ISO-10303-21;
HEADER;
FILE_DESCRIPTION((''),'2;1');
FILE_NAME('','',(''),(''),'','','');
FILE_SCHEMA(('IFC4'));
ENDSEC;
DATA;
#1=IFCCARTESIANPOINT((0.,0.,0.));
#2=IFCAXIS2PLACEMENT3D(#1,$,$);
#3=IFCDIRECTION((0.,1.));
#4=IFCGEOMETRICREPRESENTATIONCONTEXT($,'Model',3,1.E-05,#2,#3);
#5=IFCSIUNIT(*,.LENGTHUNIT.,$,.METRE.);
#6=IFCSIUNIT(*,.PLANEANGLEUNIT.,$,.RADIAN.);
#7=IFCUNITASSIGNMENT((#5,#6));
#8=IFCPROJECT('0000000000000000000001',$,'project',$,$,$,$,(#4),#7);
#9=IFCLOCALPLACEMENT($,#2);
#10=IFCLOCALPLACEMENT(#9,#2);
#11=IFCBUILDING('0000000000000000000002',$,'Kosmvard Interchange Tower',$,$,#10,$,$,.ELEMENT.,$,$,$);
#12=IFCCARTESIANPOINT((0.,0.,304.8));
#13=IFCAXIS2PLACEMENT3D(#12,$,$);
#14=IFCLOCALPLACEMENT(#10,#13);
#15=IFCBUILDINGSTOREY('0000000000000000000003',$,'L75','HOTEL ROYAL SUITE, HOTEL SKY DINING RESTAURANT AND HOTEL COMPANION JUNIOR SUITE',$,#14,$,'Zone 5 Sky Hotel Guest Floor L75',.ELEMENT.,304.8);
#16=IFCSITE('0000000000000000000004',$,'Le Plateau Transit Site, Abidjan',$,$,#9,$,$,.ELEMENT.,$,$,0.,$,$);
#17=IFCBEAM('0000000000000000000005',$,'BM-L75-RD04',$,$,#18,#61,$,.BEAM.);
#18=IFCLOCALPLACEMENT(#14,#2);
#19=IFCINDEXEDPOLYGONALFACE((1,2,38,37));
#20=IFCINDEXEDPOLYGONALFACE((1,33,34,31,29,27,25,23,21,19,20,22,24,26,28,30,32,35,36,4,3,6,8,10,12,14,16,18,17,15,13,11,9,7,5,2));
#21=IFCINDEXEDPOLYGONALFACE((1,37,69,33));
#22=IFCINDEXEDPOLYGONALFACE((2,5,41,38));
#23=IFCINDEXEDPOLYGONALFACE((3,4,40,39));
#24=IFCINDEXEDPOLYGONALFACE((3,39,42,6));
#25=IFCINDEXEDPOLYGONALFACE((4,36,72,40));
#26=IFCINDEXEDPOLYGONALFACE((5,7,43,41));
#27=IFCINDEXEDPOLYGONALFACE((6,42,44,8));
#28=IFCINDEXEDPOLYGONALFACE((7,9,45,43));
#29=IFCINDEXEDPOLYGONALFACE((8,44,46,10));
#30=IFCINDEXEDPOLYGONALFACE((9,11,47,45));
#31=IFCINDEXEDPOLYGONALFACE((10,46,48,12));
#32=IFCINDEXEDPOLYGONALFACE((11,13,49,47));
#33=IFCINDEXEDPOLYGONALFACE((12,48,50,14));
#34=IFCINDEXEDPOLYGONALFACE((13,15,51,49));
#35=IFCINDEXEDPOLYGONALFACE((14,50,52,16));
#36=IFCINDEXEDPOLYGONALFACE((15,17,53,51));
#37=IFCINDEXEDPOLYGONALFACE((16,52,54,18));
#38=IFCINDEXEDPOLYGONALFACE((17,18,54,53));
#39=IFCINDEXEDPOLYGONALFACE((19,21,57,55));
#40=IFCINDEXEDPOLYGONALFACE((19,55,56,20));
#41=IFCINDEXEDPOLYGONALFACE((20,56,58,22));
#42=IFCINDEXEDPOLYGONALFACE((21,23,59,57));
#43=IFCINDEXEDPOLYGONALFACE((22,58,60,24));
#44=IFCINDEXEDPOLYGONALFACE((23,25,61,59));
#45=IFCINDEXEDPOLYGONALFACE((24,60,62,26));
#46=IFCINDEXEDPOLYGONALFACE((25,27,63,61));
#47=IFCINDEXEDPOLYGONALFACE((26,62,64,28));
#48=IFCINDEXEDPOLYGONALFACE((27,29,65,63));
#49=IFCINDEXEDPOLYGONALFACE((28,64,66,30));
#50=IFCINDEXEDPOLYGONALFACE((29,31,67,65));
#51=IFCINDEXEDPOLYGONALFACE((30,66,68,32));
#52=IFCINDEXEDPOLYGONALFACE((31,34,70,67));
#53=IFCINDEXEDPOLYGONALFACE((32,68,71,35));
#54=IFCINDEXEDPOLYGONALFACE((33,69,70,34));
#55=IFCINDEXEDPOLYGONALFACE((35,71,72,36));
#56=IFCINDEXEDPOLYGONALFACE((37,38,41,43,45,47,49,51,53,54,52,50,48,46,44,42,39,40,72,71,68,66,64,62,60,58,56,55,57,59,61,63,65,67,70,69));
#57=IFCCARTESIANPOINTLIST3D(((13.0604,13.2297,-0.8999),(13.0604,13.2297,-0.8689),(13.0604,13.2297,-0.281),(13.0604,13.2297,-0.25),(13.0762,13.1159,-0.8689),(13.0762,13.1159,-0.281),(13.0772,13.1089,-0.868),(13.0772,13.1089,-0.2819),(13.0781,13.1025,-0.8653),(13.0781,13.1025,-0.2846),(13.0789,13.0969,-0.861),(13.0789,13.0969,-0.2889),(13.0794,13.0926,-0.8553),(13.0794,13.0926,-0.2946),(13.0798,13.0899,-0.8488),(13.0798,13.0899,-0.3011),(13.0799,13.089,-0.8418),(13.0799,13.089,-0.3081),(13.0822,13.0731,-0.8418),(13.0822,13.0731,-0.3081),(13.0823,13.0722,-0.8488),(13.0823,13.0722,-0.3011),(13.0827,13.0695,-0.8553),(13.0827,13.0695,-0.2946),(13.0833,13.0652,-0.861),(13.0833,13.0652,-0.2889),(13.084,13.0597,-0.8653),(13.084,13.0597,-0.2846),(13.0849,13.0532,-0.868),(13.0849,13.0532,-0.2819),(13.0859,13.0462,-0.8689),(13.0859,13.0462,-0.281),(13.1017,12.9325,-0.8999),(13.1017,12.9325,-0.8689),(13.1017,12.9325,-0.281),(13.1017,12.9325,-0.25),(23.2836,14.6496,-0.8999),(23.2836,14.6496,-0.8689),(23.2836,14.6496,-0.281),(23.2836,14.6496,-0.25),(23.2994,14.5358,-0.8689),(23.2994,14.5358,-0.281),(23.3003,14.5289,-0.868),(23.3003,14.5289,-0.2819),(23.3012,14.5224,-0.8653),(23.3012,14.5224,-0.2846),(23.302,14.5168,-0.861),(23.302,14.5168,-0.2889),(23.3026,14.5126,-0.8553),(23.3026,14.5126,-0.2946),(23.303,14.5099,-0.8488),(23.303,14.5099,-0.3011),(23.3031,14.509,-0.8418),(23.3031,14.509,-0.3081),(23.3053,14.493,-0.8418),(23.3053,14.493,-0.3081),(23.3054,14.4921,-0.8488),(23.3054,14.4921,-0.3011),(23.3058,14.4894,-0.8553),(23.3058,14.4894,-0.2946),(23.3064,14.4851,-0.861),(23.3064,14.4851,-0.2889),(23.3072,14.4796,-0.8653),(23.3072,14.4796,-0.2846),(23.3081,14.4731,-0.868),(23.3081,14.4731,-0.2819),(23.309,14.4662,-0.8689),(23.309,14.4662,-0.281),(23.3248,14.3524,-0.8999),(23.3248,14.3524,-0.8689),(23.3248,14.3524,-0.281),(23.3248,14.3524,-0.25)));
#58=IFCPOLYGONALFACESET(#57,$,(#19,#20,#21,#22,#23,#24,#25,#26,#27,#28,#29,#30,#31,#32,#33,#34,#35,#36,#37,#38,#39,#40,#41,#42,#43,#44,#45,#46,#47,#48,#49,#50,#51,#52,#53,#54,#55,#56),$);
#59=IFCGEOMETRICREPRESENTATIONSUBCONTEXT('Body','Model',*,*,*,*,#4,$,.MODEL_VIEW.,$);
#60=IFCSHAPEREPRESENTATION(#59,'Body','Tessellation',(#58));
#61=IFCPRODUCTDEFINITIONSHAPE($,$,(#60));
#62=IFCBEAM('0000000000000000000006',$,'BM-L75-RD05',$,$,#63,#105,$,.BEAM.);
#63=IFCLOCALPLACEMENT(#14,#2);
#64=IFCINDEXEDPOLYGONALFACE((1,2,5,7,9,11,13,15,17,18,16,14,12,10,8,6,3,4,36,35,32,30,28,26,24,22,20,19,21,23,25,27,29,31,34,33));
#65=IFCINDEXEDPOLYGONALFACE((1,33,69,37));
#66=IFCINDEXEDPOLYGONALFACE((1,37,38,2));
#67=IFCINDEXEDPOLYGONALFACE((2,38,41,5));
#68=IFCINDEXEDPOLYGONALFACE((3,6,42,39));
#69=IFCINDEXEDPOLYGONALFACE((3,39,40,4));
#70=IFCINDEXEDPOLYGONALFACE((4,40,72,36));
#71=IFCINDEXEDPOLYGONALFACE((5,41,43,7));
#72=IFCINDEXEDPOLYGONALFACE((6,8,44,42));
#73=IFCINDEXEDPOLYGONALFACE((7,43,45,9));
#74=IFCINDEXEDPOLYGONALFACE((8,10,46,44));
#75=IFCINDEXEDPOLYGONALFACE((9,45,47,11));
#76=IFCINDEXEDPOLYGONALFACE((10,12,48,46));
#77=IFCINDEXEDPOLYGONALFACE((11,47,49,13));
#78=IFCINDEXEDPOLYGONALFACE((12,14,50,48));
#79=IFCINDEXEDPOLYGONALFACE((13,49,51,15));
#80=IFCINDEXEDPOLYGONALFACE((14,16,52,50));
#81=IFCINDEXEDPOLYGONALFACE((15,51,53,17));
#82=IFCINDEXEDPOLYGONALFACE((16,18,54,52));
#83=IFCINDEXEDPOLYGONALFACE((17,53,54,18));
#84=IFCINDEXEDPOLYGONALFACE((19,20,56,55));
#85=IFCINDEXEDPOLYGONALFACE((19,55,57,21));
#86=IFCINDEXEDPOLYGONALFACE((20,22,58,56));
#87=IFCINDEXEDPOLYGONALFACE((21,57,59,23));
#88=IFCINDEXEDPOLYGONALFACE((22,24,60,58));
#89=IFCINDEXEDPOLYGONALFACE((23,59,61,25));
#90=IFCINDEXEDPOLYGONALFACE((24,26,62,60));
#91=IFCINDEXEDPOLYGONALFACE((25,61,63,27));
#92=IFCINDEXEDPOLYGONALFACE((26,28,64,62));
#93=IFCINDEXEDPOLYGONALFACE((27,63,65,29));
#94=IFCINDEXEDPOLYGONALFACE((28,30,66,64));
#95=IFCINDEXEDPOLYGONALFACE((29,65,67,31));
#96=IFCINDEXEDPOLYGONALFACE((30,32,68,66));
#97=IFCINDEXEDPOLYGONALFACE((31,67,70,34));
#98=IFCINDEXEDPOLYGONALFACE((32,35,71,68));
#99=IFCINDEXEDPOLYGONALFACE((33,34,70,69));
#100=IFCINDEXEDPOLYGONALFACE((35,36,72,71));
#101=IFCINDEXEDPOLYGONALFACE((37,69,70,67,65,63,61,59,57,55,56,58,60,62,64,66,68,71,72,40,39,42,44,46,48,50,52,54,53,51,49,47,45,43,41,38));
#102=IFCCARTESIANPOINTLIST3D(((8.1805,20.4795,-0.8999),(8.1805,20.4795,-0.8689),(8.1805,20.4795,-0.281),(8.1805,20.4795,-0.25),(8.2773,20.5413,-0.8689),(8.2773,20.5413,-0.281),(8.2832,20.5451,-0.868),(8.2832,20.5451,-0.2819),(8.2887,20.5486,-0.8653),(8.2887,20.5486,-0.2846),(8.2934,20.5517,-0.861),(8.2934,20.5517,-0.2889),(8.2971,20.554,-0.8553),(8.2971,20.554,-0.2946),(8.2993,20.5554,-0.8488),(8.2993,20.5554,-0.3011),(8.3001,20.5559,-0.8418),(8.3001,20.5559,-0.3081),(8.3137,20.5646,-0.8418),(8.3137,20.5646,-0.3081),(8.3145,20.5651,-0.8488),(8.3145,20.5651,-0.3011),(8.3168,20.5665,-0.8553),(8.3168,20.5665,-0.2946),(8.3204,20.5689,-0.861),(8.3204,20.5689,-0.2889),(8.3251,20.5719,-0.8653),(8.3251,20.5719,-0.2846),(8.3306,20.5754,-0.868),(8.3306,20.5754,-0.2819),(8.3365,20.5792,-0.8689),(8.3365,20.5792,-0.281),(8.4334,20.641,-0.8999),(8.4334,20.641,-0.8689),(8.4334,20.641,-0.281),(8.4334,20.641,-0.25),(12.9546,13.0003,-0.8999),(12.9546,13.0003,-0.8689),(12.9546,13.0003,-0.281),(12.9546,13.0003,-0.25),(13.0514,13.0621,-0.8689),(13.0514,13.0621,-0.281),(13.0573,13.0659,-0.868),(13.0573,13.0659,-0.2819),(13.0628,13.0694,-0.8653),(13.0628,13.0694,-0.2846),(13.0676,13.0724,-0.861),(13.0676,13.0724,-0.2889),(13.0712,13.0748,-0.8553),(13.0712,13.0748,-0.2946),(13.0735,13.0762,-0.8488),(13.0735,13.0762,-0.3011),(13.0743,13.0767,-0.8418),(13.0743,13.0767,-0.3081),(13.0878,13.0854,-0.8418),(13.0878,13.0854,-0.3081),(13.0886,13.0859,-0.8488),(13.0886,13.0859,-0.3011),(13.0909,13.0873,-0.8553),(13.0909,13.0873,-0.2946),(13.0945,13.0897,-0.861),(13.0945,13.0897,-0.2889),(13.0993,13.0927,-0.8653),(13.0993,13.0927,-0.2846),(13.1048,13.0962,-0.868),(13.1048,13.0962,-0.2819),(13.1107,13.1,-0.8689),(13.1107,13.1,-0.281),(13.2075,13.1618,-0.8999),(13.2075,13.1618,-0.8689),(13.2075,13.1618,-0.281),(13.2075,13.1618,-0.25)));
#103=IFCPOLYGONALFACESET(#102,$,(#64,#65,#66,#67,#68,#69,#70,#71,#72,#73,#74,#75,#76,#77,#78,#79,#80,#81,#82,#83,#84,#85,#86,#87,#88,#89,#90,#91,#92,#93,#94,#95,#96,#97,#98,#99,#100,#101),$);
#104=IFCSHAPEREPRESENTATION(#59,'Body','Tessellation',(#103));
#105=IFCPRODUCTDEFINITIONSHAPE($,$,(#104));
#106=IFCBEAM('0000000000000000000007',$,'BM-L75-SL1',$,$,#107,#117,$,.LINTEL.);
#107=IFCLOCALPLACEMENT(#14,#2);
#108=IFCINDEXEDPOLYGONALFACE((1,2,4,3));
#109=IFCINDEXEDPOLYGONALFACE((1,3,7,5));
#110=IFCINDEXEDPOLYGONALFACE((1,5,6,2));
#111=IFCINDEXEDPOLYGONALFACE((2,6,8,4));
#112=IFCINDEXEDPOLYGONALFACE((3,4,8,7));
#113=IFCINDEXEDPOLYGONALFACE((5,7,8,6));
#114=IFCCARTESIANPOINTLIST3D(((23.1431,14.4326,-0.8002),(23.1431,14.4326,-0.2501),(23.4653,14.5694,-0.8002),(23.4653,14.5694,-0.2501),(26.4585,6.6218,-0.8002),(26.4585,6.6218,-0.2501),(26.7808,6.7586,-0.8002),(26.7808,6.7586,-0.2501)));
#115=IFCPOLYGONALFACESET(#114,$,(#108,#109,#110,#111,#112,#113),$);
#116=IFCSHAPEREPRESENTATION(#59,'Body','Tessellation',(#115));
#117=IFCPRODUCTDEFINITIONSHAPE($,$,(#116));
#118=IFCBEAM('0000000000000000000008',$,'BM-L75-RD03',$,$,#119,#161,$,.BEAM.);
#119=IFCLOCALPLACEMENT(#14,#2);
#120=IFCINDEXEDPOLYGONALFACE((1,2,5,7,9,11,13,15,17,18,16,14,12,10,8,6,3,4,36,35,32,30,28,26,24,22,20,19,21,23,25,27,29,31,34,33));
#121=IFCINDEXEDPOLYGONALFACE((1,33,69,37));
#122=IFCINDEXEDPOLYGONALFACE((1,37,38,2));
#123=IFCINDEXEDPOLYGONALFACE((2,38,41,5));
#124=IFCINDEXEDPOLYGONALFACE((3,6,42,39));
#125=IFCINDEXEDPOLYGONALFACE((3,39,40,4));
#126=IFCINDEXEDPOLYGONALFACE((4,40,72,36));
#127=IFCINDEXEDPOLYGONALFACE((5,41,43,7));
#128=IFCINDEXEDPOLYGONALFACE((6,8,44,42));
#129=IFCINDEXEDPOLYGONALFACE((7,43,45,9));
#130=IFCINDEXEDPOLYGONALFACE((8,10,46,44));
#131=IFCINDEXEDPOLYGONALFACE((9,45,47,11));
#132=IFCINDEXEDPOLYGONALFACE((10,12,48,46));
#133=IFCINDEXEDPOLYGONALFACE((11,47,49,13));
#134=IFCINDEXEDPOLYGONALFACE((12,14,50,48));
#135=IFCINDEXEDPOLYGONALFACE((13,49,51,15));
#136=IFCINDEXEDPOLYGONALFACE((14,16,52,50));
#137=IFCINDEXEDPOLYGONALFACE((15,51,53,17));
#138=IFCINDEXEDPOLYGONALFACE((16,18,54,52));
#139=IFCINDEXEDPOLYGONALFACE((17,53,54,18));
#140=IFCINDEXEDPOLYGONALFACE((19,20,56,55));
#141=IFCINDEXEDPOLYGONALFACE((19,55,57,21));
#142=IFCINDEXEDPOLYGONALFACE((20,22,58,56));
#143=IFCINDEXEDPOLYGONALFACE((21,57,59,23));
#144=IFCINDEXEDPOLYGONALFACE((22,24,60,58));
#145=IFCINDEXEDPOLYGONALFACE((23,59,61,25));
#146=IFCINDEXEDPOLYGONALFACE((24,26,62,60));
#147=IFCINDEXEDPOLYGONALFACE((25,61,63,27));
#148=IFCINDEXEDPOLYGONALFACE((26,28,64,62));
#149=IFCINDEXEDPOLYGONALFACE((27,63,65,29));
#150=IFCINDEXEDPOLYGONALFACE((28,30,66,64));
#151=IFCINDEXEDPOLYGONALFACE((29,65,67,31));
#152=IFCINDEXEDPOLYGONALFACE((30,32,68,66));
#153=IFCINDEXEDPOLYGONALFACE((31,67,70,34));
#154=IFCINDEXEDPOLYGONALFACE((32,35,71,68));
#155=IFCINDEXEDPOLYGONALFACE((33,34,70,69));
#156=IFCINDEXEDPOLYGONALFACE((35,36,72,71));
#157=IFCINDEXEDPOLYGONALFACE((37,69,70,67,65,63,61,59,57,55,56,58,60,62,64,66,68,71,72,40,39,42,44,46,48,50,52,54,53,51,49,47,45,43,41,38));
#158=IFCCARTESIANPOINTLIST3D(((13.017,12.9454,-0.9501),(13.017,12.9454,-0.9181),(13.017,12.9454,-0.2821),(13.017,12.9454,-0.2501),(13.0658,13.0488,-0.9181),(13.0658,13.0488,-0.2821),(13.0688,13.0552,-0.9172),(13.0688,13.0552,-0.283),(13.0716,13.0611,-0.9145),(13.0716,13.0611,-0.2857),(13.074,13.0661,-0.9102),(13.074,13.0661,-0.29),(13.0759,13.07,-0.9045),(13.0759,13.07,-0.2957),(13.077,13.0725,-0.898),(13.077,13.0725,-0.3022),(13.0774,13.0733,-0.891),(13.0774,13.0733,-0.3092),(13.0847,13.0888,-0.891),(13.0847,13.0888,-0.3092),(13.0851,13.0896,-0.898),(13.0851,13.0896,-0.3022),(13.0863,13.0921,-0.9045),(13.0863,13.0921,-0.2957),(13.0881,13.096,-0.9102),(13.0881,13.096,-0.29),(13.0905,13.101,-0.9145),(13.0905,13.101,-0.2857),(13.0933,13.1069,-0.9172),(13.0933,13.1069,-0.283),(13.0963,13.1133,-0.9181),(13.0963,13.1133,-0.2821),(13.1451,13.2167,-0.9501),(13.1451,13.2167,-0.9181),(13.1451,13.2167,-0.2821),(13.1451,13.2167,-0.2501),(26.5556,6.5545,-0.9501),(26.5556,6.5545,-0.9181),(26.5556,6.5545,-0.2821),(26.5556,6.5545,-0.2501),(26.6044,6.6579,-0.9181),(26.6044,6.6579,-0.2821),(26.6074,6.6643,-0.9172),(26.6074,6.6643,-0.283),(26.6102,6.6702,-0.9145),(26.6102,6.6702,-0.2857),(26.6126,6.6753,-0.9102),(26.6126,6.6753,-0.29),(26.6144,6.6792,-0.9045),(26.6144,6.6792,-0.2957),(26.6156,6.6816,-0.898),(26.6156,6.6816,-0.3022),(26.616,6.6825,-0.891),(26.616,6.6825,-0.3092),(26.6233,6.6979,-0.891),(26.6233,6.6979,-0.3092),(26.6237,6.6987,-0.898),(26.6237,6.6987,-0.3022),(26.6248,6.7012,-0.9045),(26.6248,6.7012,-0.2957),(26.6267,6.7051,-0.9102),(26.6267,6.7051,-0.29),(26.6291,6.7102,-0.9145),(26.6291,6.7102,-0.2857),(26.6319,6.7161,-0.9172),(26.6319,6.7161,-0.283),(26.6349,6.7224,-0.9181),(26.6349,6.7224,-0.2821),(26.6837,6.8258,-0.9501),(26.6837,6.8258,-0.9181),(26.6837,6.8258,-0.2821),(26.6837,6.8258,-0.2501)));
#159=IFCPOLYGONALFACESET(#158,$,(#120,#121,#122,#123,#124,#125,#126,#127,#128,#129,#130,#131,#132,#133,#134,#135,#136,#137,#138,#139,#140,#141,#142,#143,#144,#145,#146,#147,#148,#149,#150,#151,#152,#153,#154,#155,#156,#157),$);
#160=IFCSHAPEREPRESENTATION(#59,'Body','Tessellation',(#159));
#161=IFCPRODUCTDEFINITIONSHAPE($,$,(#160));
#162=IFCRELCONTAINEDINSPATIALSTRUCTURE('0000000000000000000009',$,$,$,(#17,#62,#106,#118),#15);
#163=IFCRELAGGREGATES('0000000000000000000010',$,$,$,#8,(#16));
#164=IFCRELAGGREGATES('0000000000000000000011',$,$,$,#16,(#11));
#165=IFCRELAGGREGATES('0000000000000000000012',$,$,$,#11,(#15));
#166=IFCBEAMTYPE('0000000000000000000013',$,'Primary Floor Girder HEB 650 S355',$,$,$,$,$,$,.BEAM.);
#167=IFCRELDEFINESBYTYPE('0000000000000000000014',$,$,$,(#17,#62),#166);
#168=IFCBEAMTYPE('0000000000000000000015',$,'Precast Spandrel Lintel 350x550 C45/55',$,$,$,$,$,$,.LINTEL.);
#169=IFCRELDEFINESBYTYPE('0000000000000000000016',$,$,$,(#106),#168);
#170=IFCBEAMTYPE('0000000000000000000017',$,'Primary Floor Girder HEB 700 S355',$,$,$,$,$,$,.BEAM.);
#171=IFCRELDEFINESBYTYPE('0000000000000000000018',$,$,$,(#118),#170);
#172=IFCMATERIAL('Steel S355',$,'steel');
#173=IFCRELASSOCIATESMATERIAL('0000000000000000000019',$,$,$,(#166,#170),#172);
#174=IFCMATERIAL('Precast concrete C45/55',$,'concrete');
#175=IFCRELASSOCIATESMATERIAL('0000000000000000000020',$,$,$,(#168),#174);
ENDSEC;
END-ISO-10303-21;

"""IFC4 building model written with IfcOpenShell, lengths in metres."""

from ifc_helpers import new_model, si_unit, direction, frame, origin, origin_2d, place, context, subcontext, project, spatial, rectangle, i_section, extrude, source, transform, mapped, material, material_profile, profile_set, type_object, element, save


model = new_model("IFC4")

# Units and contexts
model_context = context("Model", 3, precision=1e-05, world=origin(), true_north=direction((0.0, 1.0)))
body_context = subcontext(model_context, "Body", "Model", "MODEL_VIEW")
ifc_project = project(units=[si_unit("LENGTHUNIT", "METRE"), si_unit("PLANEANGLEUNIT", "RADIAN")], contexts=[model_context])

# Site, building, storey
site_placement = place(None, origin())
site = spatial("IfcSite", under=ifc_project, at=site_placement, Name="Le Plateau Transit Site, Abidjan", CompositionType="ELEMENT", RefElevation=0.0)
building_placement = place(site_placement, origin())
building = spatial("IfcBuilding", under=site, at=building_placement, Name="Kosmvard Interchange Tower", CompositionType="ELEMENT")
storey_placement = place(building_placement, frame((0.0, 0.0, 304.8)))
storey = spatial("IfcBuildingStorey", under=building, at=storey_placement, Name="L75", Description="HOTEL ROYAL SUITE, HOTEL SKY DINING RESTAURANT AND HOTEL COMPANION JUNIOR SUITE", LongName="Zone 5 Sky Hotel Guest Floor L75", CompositionType="ELEMENT", Elevation=304.8)

# Beams
ifc_material_1 = material(Name="Steel S355", Category="steel")
ifc_material_profile_1 = material_profile(ifc_material_1, i_section(OverallWidth=0.3, OverallDepth=0.6499, WebThickness=0.0161, FlangeThickness=0.031, FilletRadius=0.0271, at=origin_2d()), Name="HEB 650")
ifc_profile_set_1 = profile_set([ifc_material_profile_1], Name="Steel S355")
beam_type_1 = type_object("IfcBeamType", Name="Primary Floor Girder HEB 650 S355", PredefinedType="BEAM", material=ifc_profile_set_1)
shared_shape_1 = source(origin(), body_context, "Body", "SweptSolid", [
    extrude(i_section(OverallWidth=0.3, OverallDepth=0.6499, WebThickness=0.0161, FlangeThickness=0.031, FilletRadius=0.0271, at=origin_2d()), origin(), (0.0, 0.0, 1.0), 10.3213),
])
beam_1_placement = place(storey_placement, frame((13.0811, 13.0811, -0.575), z_axis=(0.990492, 0.137572, 0.0), x_axis=(-0.137572, 0.990492, 0.0)))
element("IfcBeam", 1, at=beam_1_placement, inside=storey, type_object=beam_type_1, Name="BM-L75-RD04", PredefinedType="BEAM", context=body_context, shape_type="MappedRepresentation", body=[
    mapped(shared_shape_1, transform((0.0, 0.0, 0.0), scale=1.0)),
])
shared_shape_2 = source(origin(), body_context, "Body", "SweptSolid", [
    extrude(i_section(OverallWidth=0.3, OverallDepth=0.6499, WebThickness=0.0161, FlangeThickness=0.031, FilletRadius=0.0271, at=origin_2d()), origin(), (0.0, 0.0, 1.0), 8.873),
])
beam_2_placement = place(storey_placement, frame((13.0811, 13.0811, -0.575), z_axis=(-0.53805, 0.842913, 0.0), x_axis=(-0.842913, -0.53805, 0.0)))
element("IfcBeam", 2, at=beam_2_placement, inside=storey, type_object=beam_type_1, Name="BM-L75-RD05", PredefinedType="BEAM", context=body_context, shape_type="MappedRepresentation", body=[
    mapped(shared_shape_2, transform((0.0, 0.0, 0.0), scale=1.0)),
])
ifc_material_2 = material(Name="Precast concrete C45/55", Category="concrete")
ifc_material_profile_2 = material_profile(ifc_material_2, rectangle(XDim=0.3501, YDim=0.55, at=origin_2d()), Name="SL 350x550")
ifc_profile_set_2 = profile_set([ifc_material_profile_2], Name="Precast concrete C45/55")
beam_type_2 = type_object("IfcBeamType", Name="Precast Spandrel Lintel 350x550 C45/55", PredefinedType="LINTEL", material=ifc_profile_set_2)
shared_shape_3 = source(origin(), body_context, "Body", "SweptSolid", [
    extrude(rectangle(XDim=0.3501, YDim=0.55, at=origin_2d()), origin(), (0.0, 0.0, 1.0), 8.4854),
])
beam_3_placement = place(storey_placement, frame((26.6196, 6.6902, -0.5251), z_axis=(-0.390726, 0.920507, 0.0), x_axis=(-0.920507, -0.390726, 0.0)))
element("IfcBeam", 3, at=beam_3_placement, inside=storey, type_object=beam_type_2, Name="BM-L75-SL1", PredefinedType="LINTEL", context=body_context, shape_type="MappedRepresentation", body=[
    mapped(shared_shape_3, transform((0.0, 0.0, 0.0), scale=1.0)),
])
ifc_material_profile_3 = material_profile(ifc_material_1, i_section(OverallWidth=0.3, OverallDepth=0.7, WebThickness=0.0171, FlangeThickness=0.032, FilletRadius=0.0271, at=origin_2d()), Name="HEB 700")
ifc_profile_set_3 = profile_set([ifc_material_profile_3], Name="Steel S355")
beam_type_3 = type_object("IfcBeamType", Name="Primary Floor Girder HEB 700 S355", PredefinedType="BEAM", material=ifc_profile_set_3)
shared_shape_4 = source(origin(), body_context, "Body", "SweptSolid", [
    extrude(i_section(OverallWidth=0.3, OverallDepth=0.7, WebThickness=0.0171, FlangeThickness=0.032, FilletRadius=0.0271, at=origin_2d()), origin(), (0.0, 0.0, 1.0), 14.9712),
])
beam_4_placement = place(storey_placement, frame((13.0811, 13.0811, -0.6001), z_axis=(0.904309, -0.426878, 0.0), x_axis=(0.426878, 0.904309, 0.0)))
element("IfcBeam", 4, at=beam_4_placement, inside=storey, type_object=beam_type_3, Name="BM-L75-RD03", PredefinedType="BEAM", context=body_context, shape_type="MappedRepresentation", body=[
    mapped(shared_shape_4, transform((0.0, 0.0, 0.0), scale=1.0)),
])

save(model, "model.ifc")
